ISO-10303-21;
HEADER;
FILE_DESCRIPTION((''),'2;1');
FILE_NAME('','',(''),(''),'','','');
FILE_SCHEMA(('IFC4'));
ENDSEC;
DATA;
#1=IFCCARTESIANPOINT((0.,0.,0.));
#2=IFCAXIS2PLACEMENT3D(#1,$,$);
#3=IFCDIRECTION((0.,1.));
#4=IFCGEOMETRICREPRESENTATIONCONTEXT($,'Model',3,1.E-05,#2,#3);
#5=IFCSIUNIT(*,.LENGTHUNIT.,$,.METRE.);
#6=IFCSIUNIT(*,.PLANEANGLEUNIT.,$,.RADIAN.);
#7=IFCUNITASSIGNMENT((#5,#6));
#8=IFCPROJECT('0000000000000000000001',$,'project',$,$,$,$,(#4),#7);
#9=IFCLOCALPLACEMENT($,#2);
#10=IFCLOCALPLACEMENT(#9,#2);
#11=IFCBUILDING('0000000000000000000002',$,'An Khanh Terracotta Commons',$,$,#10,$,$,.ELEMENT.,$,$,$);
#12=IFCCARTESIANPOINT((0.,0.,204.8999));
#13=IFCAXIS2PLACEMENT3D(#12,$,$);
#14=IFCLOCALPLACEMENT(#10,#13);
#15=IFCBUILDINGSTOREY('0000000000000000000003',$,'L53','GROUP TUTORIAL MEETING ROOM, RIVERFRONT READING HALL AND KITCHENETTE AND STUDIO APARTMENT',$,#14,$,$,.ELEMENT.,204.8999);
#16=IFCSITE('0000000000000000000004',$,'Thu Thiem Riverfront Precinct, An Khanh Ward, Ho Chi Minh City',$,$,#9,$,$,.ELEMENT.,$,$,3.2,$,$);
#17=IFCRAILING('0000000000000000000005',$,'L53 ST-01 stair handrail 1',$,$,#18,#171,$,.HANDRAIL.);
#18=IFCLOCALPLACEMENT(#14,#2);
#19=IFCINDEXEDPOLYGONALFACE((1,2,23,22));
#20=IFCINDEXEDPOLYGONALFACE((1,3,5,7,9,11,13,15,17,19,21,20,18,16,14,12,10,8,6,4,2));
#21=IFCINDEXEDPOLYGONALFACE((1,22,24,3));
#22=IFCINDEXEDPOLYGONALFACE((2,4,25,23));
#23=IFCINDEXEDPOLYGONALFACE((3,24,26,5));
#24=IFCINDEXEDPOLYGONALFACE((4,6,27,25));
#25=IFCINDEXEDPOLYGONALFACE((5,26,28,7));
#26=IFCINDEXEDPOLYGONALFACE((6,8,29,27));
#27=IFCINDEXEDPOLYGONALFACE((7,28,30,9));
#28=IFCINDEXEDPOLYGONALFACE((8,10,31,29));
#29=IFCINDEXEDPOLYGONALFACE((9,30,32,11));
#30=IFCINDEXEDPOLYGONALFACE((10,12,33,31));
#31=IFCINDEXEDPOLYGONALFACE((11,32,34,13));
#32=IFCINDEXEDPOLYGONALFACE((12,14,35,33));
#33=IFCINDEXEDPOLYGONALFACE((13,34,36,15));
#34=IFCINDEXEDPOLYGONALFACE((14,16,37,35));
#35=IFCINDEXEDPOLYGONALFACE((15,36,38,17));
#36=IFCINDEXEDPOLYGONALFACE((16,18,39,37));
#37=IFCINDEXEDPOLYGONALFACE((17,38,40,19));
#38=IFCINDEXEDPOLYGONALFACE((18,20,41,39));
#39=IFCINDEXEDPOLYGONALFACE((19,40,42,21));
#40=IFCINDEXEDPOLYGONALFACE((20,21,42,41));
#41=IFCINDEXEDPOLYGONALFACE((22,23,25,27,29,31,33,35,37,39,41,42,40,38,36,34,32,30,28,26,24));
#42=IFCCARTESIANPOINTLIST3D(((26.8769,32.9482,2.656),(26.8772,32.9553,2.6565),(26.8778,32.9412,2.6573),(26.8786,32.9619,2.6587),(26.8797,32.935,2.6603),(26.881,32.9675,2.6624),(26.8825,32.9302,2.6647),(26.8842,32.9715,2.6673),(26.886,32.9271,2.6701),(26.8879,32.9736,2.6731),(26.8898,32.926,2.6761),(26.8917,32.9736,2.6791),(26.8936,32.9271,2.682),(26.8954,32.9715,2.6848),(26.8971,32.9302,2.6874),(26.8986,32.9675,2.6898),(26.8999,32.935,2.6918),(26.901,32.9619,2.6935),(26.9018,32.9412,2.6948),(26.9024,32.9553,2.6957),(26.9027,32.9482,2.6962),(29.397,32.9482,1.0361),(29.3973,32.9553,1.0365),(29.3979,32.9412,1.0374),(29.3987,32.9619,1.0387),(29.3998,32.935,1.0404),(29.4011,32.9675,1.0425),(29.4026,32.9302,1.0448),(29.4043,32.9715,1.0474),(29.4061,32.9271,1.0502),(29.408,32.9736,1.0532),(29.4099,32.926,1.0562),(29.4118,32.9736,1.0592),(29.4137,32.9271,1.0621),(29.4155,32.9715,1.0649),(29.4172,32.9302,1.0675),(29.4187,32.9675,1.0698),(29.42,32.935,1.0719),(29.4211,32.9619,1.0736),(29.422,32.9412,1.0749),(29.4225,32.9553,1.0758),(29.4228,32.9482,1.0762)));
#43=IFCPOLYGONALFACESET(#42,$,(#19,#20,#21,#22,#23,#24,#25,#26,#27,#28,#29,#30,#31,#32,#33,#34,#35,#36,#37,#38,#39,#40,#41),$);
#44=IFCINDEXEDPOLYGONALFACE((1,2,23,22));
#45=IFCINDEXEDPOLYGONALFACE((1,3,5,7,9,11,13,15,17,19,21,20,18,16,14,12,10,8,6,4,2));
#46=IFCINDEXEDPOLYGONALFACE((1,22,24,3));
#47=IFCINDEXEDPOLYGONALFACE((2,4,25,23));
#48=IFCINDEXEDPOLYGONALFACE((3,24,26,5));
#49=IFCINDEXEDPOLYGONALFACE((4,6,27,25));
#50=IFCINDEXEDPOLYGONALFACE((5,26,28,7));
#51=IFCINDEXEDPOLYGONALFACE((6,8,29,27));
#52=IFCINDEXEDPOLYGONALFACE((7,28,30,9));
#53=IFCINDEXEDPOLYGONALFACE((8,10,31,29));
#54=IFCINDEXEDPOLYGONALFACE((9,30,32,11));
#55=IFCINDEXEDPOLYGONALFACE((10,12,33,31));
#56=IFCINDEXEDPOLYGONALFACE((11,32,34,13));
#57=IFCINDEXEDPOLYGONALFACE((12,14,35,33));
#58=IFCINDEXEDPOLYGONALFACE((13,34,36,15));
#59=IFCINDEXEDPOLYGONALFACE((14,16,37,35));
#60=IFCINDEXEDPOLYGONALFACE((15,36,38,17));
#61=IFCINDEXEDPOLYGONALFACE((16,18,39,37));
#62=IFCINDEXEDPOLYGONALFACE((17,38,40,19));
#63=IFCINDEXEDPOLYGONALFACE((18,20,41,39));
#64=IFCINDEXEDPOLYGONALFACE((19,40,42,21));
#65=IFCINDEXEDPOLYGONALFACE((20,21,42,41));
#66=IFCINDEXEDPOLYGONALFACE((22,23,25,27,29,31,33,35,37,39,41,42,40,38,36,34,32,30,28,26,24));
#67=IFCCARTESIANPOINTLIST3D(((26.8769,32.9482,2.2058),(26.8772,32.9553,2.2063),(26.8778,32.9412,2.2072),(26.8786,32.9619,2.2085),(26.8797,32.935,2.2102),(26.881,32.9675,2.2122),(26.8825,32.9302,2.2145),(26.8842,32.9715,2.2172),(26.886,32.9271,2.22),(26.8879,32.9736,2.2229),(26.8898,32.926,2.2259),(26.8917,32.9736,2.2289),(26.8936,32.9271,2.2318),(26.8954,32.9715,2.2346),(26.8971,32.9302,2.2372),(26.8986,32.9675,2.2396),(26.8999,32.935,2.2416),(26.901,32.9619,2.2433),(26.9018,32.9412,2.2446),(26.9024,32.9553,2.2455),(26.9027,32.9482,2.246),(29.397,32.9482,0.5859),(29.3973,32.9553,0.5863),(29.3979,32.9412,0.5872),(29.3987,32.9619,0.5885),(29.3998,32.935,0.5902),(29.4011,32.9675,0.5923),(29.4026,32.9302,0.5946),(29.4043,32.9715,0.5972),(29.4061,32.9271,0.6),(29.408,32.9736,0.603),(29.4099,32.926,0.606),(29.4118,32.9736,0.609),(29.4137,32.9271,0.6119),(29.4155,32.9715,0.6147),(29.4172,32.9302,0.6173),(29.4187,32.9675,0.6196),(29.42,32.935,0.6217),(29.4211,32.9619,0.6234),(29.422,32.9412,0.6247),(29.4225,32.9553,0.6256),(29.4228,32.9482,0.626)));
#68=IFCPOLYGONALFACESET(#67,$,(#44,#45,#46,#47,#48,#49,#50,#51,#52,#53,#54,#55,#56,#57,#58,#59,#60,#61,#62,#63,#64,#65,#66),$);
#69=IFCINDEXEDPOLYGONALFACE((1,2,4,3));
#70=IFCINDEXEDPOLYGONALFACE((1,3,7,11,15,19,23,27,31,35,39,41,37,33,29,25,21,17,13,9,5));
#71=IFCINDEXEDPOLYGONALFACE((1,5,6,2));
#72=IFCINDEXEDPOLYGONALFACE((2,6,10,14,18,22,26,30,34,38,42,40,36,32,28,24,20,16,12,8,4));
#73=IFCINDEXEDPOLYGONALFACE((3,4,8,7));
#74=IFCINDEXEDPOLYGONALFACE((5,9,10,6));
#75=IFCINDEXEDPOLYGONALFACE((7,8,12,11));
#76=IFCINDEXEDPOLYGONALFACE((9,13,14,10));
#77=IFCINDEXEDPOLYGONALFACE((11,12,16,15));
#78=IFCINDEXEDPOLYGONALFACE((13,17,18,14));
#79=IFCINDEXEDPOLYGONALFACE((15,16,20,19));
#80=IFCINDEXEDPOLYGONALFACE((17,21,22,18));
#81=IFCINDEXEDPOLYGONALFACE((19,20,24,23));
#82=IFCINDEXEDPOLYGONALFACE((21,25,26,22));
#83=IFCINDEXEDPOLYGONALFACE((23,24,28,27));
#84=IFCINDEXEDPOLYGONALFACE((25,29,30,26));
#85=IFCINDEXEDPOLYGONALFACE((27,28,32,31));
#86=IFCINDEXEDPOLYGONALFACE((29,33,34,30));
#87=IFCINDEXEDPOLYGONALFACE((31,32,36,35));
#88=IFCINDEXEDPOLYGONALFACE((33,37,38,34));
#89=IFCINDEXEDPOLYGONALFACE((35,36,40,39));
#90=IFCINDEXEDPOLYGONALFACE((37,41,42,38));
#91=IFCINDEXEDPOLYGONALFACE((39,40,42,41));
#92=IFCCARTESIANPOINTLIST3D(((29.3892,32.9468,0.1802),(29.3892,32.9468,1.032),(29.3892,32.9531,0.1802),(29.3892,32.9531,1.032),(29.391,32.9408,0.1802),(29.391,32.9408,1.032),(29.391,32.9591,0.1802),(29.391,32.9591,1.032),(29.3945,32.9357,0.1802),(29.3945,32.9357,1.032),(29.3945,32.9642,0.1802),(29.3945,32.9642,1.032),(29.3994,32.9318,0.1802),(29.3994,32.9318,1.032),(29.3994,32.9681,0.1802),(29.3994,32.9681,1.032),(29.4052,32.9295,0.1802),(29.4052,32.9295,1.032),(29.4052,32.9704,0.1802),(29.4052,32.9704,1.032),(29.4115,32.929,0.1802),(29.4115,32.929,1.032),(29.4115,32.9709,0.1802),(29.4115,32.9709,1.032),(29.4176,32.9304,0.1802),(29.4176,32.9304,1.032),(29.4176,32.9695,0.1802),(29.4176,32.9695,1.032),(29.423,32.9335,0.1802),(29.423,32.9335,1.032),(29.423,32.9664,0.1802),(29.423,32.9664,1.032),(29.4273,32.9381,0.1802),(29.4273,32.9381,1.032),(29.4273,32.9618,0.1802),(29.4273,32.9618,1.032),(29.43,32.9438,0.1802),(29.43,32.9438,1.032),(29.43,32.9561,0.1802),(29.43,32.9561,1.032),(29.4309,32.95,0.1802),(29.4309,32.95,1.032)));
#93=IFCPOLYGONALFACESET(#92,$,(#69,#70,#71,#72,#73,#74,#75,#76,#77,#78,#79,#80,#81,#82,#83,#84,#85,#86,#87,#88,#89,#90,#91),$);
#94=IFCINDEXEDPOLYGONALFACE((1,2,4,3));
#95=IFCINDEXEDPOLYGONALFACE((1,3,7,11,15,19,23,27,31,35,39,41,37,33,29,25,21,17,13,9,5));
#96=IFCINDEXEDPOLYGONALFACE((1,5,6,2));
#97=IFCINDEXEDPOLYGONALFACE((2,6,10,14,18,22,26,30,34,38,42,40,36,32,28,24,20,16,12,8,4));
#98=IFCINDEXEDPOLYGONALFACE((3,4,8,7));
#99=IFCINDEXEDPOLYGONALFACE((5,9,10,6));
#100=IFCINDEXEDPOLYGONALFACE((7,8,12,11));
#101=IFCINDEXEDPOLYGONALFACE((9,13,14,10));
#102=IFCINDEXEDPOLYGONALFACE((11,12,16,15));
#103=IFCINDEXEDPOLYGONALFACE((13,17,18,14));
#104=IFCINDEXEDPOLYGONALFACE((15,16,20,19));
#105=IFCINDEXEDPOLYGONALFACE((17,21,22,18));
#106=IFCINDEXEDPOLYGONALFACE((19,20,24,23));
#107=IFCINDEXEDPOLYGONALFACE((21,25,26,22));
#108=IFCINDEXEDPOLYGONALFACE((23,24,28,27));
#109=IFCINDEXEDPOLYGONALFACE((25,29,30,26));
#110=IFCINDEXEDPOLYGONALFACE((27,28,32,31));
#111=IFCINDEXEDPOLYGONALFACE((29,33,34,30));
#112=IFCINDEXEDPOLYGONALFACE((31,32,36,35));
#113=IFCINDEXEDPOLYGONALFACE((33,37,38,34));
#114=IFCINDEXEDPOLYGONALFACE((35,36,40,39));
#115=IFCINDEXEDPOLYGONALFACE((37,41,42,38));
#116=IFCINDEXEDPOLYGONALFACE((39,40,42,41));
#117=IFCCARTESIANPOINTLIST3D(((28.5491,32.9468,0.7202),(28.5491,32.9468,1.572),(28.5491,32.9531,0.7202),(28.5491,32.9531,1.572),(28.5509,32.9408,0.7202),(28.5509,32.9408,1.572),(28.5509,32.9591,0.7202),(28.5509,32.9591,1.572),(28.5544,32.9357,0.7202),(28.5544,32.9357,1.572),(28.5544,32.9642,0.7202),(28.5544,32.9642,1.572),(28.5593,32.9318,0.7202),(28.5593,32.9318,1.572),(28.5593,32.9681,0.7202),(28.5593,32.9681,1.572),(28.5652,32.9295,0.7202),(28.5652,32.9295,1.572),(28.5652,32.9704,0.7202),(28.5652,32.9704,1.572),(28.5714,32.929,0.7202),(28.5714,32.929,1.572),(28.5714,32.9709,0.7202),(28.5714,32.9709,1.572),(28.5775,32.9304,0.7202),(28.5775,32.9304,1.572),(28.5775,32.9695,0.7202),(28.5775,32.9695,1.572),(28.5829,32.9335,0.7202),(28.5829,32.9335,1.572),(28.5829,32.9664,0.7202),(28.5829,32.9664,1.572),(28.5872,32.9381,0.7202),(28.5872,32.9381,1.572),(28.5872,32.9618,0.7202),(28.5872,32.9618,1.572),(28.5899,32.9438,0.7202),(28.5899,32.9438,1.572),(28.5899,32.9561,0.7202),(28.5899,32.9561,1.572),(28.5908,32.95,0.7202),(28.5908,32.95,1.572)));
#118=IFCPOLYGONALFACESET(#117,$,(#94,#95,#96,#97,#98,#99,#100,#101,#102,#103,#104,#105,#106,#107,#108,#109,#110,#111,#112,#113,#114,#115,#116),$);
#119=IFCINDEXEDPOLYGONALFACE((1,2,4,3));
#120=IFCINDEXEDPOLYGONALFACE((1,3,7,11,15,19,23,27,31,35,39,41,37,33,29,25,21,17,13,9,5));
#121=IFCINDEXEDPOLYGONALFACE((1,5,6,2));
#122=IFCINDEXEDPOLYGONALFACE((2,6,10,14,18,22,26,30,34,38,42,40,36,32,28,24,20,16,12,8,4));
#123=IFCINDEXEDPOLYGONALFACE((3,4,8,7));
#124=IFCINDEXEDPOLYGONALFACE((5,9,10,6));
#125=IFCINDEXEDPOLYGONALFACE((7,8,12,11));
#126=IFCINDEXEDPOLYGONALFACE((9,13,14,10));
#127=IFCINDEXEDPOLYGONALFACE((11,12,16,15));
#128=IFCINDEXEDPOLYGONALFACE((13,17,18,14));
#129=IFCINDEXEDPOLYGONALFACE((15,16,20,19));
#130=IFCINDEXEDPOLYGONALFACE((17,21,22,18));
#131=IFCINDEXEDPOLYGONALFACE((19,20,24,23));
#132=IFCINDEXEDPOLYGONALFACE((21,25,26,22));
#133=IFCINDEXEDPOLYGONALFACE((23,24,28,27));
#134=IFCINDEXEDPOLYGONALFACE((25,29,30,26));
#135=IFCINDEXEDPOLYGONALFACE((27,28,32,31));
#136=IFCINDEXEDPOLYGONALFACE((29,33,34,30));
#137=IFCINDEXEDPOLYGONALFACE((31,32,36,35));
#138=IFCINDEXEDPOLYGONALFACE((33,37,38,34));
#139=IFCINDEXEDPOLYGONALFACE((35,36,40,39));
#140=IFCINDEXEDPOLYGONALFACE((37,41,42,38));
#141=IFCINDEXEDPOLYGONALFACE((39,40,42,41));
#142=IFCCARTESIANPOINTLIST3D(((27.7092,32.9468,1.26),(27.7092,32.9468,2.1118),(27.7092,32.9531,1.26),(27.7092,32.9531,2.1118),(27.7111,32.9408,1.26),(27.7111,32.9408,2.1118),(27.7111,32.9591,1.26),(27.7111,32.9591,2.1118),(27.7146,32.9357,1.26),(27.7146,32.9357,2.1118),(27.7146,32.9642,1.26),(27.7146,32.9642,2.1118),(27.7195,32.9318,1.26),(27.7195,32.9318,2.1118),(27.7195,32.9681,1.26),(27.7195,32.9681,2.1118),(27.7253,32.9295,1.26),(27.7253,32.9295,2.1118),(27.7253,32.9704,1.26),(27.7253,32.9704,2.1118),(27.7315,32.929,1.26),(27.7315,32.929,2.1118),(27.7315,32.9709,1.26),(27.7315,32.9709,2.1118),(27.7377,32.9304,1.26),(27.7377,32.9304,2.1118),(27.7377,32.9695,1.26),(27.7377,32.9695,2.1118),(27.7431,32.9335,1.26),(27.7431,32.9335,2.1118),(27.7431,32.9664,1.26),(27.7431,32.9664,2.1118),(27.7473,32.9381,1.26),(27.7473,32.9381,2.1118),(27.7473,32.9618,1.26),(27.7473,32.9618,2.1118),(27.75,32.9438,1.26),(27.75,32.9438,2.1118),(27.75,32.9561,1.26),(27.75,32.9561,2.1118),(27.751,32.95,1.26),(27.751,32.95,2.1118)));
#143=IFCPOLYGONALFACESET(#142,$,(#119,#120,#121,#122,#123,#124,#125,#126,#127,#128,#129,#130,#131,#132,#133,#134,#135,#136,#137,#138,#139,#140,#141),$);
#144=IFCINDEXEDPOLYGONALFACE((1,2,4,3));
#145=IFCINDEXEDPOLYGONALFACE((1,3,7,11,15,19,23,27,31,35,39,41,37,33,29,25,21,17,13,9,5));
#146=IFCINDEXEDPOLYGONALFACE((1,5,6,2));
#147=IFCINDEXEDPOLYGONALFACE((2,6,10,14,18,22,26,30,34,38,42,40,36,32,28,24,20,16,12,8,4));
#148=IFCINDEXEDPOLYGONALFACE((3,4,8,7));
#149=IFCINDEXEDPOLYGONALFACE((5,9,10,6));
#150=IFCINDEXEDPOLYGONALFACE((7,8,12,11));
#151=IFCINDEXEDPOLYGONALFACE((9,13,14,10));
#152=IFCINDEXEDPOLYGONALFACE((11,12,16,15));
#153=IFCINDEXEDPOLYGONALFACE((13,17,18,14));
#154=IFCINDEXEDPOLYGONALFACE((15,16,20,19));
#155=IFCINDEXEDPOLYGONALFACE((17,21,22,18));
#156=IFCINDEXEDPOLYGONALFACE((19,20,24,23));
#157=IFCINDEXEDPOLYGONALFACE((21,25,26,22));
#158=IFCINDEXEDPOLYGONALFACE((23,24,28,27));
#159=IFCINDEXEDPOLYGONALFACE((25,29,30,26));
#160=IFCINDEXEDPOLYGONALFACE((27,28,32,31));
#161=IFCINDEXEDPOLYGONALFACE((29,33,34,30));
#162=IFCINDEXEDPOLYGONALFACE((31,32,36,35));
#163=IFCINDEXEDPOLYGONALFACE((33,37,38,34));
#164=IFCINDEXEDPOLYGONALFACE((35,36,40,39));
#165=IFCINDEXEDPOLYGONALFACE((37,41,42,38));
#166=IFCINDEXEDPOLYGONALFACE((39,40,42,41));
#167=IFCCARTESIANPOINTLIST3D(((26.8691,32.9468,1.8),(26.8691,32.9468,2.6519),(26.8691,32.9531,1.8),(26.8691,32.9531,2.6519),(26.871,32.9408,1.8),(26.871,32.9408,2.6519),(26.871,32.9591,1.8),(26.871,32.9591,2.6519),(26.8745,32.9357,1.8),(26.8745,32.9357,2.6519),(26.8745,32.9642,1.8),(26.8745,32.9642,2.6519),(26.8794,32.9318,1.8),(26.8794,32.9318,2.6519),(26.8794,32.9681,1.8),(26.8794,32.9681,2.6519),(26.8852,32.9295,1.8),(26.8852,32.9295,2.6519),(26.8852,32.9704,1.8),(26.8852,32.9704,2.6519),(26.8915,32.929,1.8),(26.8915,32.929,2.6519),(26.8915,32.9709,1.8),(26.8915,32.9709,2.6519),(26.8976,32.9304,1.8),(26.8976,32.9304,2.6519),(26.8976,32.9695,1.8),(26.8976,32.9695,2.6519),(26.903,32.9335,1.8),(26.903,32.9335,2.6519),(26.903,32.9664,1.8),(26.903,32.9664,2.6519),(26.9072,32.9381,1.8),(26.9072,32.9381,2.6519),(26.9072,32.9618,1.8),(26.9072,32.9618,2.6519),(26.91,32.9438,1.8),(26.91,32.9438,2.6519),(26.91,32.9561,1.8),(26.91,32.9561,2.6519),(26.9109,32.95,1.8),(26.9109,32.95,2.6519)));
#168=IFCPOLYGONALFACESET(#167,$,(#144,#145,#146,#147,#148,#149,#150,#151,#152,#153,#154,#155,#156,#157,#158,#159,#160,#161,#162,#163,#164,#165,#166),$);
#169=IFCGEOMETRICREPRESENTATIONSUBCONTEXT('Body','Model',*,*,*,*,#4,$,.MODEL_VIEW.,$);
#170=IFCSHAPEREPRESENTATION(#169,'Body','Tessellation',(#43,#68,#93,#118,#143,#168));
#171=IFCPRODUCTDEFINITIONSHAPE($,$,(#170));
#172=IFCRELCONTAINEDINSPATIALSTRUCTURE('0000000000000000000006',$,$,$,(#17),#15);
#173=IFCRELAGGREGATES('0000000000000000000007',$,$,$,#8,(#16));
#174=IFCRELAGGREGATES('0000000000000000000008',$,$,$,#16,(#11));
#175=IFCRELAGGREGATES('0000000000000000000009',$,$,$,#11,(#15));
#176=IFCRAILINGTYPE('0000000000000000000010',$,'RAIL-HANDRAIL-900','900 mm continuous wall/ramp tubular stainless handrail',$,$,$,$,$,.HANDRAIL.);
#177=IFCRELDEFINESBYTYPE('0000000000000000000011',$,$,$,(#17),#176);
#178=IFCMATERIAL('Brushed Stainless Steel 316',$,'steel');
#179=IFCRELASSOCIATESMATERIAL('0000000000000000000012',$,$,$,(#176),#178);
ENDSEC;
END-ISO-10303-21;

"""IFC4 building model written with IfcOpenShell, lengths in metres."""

from ifc_helpers import new_model, si_unit, direction, frame, origin, origin_2d, place, context, subcontext, project, spatial, circle, extrude, material, type_object, element, save


model = new_model("IFC4")

# Units and contexts
model_context = context("Model", 3, precision=1e-05, world=origin(), true_north=direction((0.0, 1.0)))
body_context = subcontext(model_context, "Body", "Model", "MODEL_VIEW")
ifc_project = project(units=[si_unit("LENGTHUNIT", "METRE"), si_unit("PLANEANGLEUNIT", "RADIAN")], contexts=[model_context])

# Site, building, storey
site_placement = place(None, origin())
site = spatial("IfcSite", under=ifc_project, at=site_placement, Name="Thu Thiem Riverfront Precinct, An Khanh Ward, Ho Chi Minh City", CompositionType="ELEMENT", RefElevation=3.2)
building_placement = place(site_placement, origin())
building = spatial("IfcBuilding", under=site, at=building_placement, Name="An Khanh Terracotta Commons", CompositionType="ELEMENT")
storey_placement = place(building_placement, frame((0.0, 0.0, 204.8999)))
storey = spatial("IfcBuildingStorey", under=building, at=storey_placement, Name="L53", Description="GROUP TUTORIAL MEETING ROOM, RIVERFRONT READING HALL AND KITCHENETTE AND STUDIO APARTMENT", CompositionType="ELEMENT", Elevation=204.8999)

# Railing
ifc_material_1 = material(Name="Brushed Stainless Steel 316", Category="steel")
railing_type_1 = type_object("IfcRailingType", Name="RAIL-HANDRAIL-900", Description="900 mm continuous wall/ramp tubular stainless handrail", PredefinedType="HANDRAIL", material=ifc_material_1)
railing_1_placement = place(storey_placement, frame((29.4099, 32.95, 0.1802)))
element("IfcRailing", 1, at=railing_1_placement, inside=storey, type_object=railing_type_1, Name="L53 ST-01 stair handrail 1", PredefinedType="HANDRAIL", context=body_context, shape_type="SweptSolid", body=[
    extrude(circle(Radius=0.0239, at=origin_2d()), frame((0.0, 0.0, 0.876), z_axis=(-0.8412, 0.0, 0.540725), x_axis=(0.0, -1.0, 0.0)), (0.0, 0.0, 1.0), 2.9958),
    extrude(circle(Radius=0.0239, at=origin_2d()), frame((0.0, 0.0, 0.4258), z_axis=(-0.8412, 0.0, 0.540725), x_axis=(0.0, -1.0, 0.0)), (0.0, 0.0, 1.0), 2.9958),
    extrude(circle(Radius=0.021, at=origin_2d()), origin(), (0.0, 0.0, 1.0), 0.8518),
    extrude(circle(Radius=0.021, at=origin_2d()), frame((-0.8401, 0.0, 0.54)), (0.0, 0.0, 1.0), 0.8518),
    extrude(circle(Radius=0.021, at=origin_2d()), frame((-1.6799, 0.0, 1.0798)), (0.0, 0.0, 1.0), 0.8518),
    extrude(circle(Radius=0.021, at=origin_2d()), frame((-2.52, 0.0, 1.6199)), (0.0, 0.0, 1.0), 0.8518),
])

save(model, "model.ifc")
